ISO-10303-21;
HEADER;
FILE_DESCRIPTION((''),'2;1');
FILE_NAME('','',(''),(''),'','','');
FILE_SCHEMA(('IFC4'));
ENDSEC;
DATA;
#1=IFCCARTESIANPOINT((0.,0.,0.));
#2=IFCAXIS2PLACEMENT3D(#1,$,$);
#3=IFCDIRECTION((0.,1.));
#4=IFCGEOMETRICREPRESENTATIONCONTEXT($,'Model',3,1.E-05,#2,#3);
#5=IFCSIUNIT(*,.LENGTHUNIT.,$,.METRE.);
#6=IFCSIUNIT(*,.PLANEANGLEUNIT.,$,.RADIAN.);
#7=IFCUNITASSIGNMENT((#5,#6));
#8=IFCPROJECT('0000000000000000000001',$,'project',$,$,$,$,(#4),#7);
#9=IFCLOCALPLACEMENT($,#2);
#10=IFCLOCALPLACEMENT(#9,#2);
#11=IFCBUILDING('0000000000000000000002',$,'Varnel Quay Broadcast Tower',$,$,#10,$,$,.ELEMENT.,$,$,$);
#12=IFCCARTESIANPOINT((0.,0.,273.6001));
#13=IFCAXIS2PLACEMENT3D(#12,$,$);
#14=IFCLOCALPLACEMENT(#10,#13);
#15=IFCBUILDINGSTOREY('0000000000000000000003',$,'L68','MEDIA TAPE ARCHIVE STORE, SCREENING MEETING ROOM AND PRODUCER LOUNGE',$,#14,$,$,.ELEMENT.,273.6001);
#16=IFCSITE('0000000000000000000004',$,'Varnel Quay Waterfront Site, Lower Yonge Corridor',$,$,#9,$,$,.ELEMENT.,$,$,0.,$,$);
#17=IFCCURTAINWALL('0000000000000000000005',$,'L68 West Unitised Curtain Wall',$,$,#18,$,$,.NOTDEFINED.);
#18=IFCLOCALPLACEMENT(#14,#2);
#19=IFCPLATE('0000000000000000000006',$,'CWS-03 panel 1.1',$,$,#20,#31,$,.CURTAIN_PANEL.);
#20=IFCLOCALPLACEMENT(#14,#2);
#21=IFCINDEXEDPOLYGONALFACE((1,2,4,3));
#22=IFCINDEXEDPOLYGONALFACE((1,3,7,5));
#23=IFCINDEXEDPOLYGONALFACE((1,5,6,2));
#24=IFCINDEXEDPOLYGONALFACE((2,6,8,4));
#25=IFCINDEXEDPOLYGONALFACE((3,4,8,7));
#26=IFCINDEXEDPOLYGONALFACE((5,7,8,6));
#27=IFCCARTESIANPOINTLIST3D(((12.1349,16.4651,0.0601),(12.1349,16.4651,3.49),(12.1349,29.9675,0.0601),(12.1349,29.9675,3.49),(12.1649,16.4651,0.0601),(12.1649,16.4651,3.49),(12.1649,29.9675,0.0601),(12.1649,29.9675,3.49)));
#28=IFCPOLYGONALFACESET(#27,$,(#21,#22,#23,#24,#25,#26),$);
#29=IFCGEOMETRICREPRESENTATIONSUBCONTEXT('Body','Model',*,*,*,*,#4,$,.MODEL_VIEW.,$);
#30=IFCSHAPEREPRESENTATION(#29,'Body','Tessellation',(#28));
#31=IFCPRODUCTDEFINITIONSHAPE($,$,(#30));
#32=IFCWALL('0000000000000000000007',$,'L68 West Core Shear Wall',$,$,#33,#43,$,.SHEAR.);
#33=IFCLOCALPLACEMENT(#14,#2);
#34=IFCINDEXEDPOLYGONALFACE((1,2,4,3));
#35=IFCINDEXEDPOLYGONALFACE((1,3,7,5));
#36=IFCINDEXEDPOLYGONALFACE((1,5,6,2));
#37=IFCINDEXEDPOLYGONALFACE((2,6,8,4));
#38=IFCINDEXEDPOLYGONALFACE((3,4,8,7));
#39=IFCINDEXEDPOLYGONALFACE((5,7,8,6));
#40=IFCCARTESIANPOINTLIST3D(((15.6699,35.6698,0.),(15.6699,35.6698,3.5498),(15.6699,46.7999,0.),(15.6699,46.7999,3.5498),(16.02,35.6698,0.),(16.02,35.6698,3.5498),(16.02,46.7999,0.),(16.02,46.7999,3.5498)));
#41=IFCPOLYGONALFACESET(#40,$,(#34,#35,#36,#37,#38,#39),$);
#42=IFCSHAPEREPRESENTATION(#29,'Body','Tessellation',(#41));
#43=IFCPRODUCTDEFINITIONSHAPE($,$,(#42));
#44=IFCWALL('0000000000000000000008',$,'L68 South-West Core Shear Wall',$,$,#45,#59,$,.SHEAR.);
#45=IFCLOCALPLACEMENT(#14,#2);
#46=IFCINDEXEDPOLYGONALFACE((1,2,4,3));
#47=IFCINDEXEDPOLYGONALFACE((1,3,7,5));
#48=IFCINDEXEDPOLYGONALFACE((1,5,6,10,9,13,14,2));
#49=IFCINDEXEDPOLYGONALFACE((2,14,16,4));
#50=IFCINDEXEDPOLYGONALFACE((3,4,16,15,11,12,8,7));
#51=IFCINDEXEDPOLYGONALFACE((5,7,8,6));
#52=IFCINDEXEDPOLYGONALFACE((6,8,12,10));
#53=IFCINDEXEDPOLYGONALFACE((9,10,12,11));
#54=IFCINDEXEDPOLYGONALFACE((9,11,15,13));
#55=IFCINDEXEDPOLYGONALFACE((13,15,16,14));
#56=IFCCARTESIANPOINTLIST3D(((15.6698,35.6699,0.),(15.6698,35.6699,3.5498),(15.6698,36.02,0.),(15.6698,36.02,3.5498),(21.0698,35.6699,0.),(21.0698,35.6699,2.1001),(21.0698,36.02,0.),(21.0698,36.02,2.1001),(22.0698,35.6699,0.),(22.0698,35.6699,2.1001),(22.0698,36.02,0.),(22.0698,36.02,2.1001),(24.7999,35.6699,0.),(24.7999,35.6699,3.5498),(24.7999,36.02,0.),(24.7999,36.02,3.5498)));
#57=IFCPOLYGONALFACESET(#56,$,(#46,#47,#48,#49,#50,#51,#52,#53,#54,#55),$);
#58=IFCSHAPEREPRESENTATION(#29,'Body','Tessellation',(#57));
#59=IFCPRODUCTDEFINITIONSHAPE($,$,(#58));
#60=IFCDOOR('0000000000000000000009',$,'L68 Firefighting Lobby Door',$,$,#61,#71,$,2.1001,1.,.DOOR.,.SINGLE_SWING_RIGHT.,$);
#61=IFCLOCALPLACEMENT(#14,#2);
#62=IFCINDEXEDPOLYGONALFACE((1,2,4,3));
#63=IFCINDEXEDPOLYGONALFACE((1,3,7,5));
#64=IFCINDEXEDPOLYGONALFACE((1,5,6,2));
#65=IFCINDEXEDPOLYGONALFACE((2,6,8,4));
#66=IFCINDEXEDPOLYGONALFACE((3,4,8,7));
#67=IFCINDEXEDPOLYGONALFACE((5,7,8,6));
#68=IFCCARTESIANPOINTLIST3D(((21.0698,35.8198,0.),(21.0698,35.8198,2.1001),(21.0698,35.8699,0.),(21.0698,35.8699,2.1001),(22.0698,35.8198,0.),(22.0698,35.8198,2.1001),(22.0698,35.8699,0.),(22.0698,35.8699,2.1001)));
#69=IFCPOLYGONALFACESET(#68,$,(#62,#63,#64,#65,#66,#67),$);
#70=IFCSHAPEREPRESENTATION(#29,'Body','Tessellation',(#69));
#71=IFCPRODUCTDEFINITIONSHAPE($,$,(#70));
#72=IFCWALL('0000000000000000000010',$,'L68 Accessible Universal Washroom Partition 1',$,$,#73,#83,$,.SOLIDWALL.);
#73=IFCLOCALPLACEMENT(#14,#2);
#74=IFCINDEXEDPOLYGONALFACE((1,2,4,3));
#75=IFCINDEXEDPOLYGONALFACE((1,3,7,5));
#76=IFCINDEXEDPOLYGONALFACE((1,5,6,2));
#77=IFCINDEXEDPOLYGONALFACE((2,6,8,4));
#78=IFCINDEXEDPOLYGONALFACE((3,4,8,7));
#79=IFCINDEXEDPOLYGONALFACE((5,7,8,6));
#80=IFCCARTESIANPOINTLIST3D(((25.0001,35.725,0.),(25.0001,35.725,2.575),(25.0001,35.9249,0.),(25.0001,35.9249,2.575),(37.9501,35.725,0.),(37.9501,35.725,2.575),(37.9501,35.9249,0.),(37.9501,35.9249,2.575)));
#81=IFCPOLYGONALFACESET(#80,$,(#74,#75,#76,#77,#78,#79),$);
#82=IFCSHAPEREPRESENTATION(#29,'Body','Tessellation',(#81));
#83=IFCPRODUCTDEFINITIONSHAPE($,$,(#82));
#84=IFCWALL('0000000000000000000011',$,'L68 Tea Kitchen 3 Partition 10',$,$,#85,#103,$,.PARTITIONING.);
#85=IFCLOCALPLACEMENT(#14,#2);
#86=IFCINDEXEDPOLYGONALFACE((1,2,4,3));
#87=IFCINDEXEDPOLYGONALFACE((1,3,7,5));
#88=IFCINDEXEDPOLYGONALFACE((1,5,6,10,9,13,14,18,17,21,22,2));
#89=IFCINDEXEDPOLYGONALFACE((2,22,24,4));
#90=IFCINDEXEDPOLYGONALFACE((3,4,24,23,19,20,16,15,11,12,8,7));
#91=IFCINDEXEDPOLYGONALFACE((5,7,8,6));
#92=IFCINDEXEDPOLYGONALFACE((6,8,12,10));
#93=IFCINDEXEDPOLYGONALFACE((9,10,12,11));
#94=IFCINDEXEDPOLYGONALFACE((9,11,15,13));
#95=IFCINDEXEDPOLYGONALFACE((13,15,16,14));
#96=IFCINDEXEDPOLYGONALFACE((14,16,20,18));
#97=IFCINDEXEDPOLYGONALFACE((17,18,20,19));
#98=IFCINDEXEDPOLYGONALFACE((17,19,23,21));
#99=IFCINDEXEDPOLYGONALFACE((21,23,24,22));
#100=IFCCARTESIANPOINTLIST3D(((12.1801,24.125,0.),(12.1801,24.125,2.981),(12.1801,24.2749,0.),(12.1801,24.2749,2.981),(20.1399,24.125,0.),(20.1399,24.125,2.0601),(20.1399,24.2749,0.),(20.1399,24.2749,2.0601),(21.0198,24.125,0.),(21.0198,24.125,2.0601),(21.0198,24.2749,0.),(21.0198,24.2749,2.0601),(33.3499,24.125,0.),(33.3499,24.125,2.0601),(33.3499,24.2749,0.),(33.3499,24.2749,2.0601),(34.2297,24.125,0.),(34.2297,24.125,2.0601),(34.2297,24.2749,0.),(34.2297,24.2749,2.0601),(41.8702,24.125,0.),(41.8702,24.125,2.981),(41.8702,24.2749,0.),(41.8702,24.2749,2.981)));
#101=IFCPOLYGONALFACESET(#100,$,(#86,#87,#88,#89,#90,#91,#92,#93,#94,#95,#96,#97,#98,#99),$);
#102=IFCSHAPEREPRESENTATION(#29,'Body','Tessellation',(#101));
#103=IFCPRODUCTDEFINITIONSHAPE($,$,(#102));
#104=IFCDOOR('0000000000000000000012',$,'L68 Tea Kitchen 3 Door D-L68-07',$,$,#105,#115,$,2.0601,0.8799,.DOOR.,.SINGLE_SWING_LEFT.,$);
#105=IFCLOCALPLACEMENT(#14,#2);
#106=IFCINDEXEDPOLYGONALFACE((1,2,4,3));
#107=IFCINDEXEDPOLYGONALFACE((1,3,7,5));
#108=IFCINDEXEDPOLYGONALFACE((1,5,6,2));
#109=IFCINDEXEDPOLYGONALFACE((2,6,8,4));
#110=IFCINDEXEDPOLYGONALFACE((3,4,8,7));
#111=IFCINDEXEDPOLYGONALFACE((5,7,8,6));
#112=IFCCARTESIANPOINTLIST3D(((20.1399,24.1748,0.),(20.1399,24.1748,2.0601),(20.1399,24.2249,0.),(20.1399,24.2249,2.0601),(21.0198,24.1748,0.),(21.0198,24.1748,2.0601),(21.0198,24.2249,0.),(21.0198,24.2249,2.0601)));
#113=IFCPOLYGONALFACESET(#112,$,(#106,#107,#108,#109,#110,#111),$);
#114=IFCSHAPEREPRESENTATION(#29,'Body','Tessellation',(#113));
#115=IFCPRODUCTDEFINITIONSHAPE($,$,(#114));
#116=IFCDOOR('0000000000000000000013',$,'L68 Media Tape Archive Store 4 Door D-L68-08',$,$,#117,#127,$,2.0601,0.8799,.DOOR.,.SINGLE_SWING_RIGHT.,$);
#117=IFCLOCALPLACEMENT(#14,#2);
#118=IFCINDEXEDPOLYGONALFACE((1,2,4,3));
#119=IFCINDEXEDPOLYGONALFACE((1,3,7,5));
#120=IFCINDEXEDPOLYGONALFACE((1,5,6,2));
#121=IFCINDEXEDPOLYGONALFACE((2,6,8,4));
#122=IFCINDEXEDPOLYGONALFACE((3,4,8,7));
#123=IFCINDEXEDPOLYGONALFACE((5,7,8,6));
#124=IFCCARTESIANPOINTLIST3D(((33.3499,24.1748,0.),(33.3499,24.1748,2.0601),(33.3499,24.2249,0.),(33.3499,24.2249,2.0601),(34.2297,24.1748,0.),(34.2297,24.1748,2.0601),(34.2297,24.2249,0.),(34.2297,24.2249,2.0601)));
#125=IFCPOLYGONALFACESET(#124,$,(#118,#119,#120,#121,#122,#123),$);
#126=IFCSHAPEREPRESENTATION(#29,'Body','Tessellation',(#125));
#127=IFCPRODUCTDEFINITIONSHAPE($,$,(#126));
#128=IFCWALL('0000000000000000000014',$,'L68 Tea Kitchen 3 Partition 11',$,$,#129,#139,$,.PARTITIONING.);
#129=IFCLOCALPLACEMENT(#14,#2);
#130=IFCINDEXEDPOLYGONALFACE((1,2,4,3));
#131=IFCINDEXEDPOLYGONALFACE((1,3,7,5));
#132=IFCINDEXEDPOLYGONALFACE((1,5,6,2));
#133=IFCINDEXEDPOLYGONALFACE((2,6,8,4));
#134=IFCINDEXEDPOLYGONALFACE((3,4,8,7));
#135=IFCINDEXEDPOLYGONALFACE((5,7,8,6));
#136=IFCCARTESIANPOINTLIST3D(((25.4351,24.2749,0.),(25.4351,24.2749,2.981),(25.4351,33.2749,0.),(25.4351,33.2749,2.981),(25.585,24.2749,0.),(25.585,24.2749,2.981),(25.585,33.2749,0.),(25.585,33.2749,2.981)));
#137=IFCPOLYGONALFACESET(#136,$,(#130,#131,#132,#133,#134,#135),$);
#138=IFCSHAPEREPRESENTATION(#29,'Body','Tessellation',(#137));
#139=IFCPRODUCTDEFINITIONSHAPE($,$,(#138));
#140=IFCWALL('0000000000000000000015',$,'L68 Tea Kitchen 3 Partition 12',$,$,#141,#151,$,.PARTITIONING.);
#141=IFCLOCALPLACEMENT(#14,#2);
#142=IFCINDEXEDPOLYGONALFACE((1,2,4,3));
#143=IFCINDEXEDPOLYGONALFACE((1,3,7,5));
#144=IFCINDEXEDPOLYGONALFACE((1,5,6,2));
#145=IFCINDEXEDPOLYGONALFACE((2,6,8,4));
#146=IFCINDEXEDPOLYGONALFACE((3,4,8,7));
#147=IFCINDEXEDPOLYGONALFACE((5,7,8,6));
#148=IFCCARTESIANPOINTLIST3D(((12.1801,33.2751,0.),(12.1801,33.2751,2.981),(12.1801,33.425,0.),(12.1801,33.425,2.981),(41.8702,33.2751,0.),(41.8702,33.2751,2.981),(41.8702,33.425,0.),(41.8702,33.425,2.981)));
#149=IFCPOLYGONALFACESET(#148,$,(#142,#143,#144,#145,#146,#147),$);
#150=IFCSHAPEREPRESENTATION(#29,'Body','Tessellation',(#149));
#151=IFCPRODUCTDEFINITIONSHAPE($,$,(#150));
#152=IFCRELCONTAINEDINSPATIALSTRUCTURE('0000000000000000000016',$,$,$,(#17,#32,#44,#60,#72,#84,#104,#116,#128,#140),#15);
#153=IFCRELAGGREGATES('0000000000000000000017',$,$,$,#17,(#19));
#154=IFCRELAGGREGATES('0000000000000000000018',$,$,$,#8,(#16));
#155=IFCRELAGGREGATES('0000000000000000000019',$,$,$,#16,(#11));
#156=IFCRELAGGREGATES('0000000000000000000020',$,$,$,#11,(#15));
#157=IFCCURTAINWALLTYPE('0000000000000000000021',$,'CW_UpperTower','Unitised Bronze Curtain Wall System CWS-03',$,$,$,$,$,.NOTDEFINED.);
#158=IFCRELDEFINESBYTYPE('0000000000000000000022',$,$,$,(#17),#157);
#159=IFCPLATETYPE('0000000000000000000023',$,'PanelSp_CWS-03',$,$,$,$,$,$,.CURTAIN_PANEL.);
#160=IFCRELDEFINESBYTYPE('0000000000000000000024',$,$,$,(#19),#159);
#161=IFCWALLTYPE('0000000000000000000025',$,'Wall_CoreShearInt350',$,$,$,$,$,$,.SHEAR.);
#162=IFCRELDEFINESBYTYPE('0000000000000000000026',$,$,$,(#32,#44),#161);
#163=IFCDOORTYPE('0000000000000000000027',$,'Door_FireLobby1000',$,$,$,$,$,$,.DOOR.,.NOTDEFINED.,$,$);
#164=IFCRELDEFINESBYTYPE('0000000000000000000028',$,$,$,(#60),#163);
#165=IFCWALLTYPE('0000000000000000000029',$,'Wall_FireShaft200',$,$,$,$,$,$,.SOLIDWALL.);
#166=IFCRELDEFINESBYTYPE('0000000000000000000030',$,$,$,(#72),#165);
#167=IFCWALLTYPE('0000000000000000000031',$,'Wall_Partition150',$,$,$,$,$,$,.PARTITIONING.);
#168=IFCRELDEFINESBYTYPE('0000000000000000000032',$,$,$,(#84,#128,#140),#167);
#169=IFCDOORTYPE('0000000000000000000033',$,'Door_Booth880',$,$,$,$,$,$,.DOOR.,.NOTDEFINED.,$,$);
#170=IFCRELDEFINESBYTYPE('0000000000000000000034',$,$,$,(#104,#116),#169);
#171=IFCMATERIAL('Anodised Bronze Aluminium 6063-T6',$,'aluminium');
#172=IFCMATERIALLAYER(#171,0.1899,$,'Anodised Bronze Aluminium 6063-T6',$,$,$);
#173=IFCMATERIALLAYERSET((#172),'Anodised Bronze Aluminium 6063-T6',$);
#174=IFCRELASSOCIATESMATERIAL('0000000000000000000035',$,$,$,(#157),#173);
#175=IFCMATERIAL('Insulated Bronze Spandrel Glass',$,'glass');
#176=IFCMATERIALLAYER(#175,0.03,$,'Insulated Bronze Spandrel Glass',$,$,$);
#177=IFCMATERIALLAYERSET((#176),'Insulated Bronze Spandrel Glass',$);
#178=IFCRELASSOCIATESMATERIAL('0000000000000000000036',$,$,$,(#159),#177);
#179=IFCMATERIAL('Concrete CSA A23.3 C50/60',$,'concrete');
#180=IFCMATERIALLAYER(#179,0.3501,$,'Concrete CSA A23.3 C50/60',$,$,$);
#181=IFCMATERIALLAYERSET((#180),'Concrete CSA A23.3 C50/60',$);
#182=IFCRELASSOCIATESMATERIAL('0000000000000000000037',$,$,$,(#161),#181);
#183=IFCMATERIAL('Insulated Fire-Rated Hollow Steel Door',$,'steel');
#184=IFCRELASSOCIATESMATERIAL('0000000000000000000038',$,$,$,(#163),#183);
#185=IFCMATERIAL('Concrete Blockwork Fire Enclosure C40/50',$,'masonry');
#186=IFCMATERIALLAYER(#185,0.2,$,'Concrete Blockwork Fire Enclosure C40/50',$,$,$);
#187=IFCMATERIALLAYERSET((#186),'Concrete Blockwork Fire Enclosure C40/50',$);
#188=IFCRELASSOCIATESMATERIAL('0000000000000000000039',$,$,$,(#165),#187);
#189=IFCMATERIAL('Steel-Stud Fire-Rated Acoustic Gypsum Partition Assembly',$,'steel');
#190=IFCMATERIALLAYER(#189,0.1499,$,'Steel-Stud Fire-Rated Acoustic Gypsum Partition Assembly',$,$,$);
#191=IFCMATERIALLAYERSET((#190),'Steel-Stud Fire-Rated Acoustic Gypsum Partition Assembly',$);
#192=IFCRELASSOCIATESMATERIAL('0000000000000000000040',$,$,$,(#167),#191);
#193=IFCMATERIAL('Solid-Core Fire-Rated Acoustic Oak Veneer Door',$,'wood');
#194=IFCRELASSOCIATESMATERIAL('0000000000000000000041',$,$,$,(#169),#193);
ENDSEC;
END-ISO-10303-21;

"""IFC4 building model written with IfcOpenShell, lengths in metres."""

from ifc_helpers import new_model, si_unit, direction, frame, frame_2d, origin, origin_2d, place, context, subcontext, project, spatial, rectangle, extrude, source, transform, mapped, material, layer, layer_set, type_object, type_shapes, element, fill, aggregate, save


model = new_model("IFC4")

# Units and contexts
model_context = context("Model", 3, precision=1e-05, world=origin(), true_north=direction((0.0, 1.0)))
body_context = subcontext(model_context, "Body", "Model", "MODEL_VIEW")
ifc_project = project(units=[si_unit("LENGTHUNIT", "METRE"), si_unit("PLANEANGLEUNIT", "RADIAN")], contexts=[model_context])

# Site, building, storey
site_placement = place(None, origin())
site = spatial("IfcSite", under=ifc_project, at=site_placement, Name="Varnel Quay Waterfront Site, Lower Yonge Corridor", CompositionType="ELEMENT", RefElevation=0.0)
building_placement = place(site_placement, origin())
building = spatial("IfcBuilding", under=site, at=building_placement, Name="Varnel Quay Broadcast Tower", CompositionType="ELEMENT")
storey_placement = place(building_placement, frame((0.0, 0.0, 273.6001)))
storey = spatial("IfcBuildingStorey", under=building, at=storey_placement, Name="L68", Description="MEDIA TAPE ARCHIVE STORE, SCREENING MEETING ROOM AND PRODUCER LOUNGE", CompositionType="ELEMENT", Elevation=273.6001)

# Shared definitions
ifc_material_1 = material(Name="Concrete CSA A23.3 C50/60", Category="concrete")

# Curtain wall
ifc_material_2 = material(Name="Anodised Bronze Aluminium 6063-T6", Category="aluminium")
ifc_layer_1 = layer(ifc_material_2, 0.1899, Name="Anodised Bronze Aluminium 6063-T6")
ifc_layer_set_1 = layer_set([ifc_layer_1], Name="Anodised Bronze Aluminium 6063-T6")
curtain_wall_type = type_object("IfcCurtainWallType", Name="CW_UpperTower", Description="Unitised Bronze Curtain Wall System CWS-03", PredefinedType="NOTDEFINED", material=ifc_layer_set_1)
curtain_wall_placement = place(storey_placement, origin())
curtain_wall = element("IfcCurtainWall", 1, at=curtain_wall_placement, inside=storey, type_object=curtain_wall_type, Name="L68 West Unitised Curtain Wall", PredefinedType="NOTDEFINED")

# Plate
ifc_material_3 = material(Name="Insulated Bronze Spandrel Glass", Category="glass")
ifc_layer_2 = layer(ifc_material_3, 0.03, Name="Insulated Bronze Spandrel Glass")
ifc_layer_set_2 = layer_set([ifc_layer_2], Name="Insulated Bronze Spandrel Glass")
plate_type_1 = type_object("IfcPlateType", Name="PanelSp_CWS-03", PredefinedType="CURTAIN_PANEL", material=ifc_layer_set_2)
shared_shape_1 = source(origin(), body_context, "Body", "SweptSolid", [
    extrude(rectangle(XDim=13.5024, YDim=0.03, at=origin_2d()), origin(), (0.0, 0.0, 1.0), 3.4299),
])
type_shapes(plate_type_1, [shared_shape_1])
plate_placement = place(storey_placement, frame((12.1499, 23.2163, 0.0601), z_axis=(0.0, 0.0, 1.0), x_axis=(0.0, 1.0, 0.0)))
plate = element("IfcPlate", 2, at=plate_placement, type_object=plate_type_1, Name="CWS-03 panel 1.1", PredefinedType="CURTAIN_PANEL", context=body_context, shape_type="MappedRepresentation", body=[
    mapped(shared_shape_1, transform((0.0, 0.0, 0.0), x_axis=(1.0, 0.0, 0.0), y_axis=(0.0, 1.0, 0.0), z_axis=(0.0, 0.0, 1.0), scale=1.0)),
])
aggregate(curtain_wall, [plate])

# Wall
ifc_layer_3 = layer(ifc_material_1, 0.3501, Name="Concrete CSA A23.3 C50/60")
ifc_layer_set_3 = layer_set([ifc_layer_3], Name="Concrete CSA A23.3 C50/60")
wall_type_1 = type_object("IfcWallType", Name="Wall_CoreShearInt350", PredefinedType="SHEAR", material=ifc_layer_set_3)
wall_1_placement = place(storey_placement, frame((15.845, 35.6699, 0.0), z_axis=(0.0, 0.0, 1.0), x_axis=(0.0, 1.0, 0.0)))
element("IfcWall", 3, at=wall_1_placement, inside=storey, type_object=wall_type_1, Name="L68 West Core Shear Wall", PredefinedType="SHEAR", context=body_context, shape_type="SweptSolid", body=[
    extrude(rectangle(XDim=11.1301, YDim=0.3501, at=frame_2d((5.5649, 0.0))), origin(), (0.0, 0.0, 1.0), 3.5498),
])

# Wall, opening, door
wall_2_placement = place(storey_placement, frame((15.6699, 35.845, 0.0), z_axis=(0.0, 0.0, 1.0), x_axis=(1.0, 0.0, 0.0)))
wall_2 = element("IfcWall", 4, at=wall_2_placement, inside=storey, type_object=wall_type_1, Name="L68 South-West Core Shear Wall", PredefinedType="SHEAR", context=body_context, shape_type="SweptSolid", body=[
    extrude(rectangle(XDim=9.1301, YDim=0.3501, at=frame_2d((4.5649, 0.0))), origin(), (0.0, 0.0, 1.0), 3.5498),
])
opening_1_placement = place(wall_2_placement, frame((5.3999, 0.0, 0.0)))
opening_1 = element("IfcOpeningElement", 5, at=opening_1_placement, cuts=wall_2, PredefinedType="OPENING", context=body_context, shape_type="SweptSolid", body=[
    extrude(rectangle(XDim=1.0, YDim=2.1001, at=frame_2d((0.5, 1.05))), frame((0.0, 0.1851, 0.0), z_axis=(0.0, -1.0, 0.0), x_axis=(1.0, 0.0, 0.0)), (0.0, 0.0, 1.0), 0.3701),
])
ifc_material_4 = material(Name="Insulated Fire-Rated Hollow Steel Door", Category="steel")
door_type_1 = type_object("IfcDoorType", Name="Door_FireLobby1000", OperationType="NOTDEFINED", PredefinedType="DOOR", material=ifc_material_4)
shared_shape_2 = source(origin(), body_context, "Body", "SweptSolid", [
    extrude(rectangle(XDim=1.0, YDim=2.1001, at=frame_2d((0.5, 1.05))), frame((0.0, 0.0249, 0.0), z_axis=(0.0, -1.0, 0.0), x_axis=(1.0, 0.0, 0.0)), (0.0, 0.0, 1.0), 0.05),
])
type_shapes(door_type_1, [shared_shape_2])
door_1_placement = place(opening_1_placement, origin())
door_1 = element("IfcDoor", 6, at=door_1_placement, inside=storey, type_object=door_type_1, Name="L68 Firefighting Lobby Door", OperationType="SINGLE_SWING_RIGHT", OverallHeight=2.1001, OverallWidth=1.0, PredefinedType="DOOR", context=body_context, shape_type="MappedRepresentation", body=[
    mapped(shared_shape_2, transform((0.0, 0.0, 0.0), x_axis=(1.0, 0.0, 0.0), y_axis=(0.0, 1.0, 0.0), z_axis=(0.0, 0.0, 1.0), scale=1.0)),
])
fill(opening_1, door_1)

# Wall
ifc_material_5 = material(Name="Concrete Blockwork Fire Enclosure C40/50", Category="masonry")
ifc_layer_4 = layer(ifc_material_5, 0.2, Name="Concrete Blockwork Fire Enclosure C40/50")
ifc_layer_set_4 = layer_set([ifc_layer_4], Name="Concrete Blockwork Fire Enclosure C40/50")
wall_type_2 = type_object("IfcWallType", Name="Wall_FireShaft200", PredefinedType="SOLIDWALL", material=ifc_layer_set_4)
wall_3_placement = place(storey_placement, frame((25.0, 35.825, 0.0), z_axis=(0.0, 0.0, 1.0), x_axis=(1.0, 0.0, 0.0)))
element("IfcWall", 7, at=wall_3_placement, inside=storey, type_object=wall_type_2, Name="L68 Accessible Universal Washroom Partition 1", PredefinedType="SOLIDWALL", context=body_context, shape_type="SweptSolid", body=[
    extrude(rectangle(XDim=12.95, YDim=0.2, at=frame_2d((6.4751, 0.0))), origin(), (0.0, 0.0, 1.0), 2.575),
])

# Wall, openings, doors
ifc_material_6 = material(Name="Steel-Stud Fire-Rated Acoustic Gypsum Partition Assembly", Category="steel")
ifc_layer_5 = layer(ifc_material_6, 0.1499, Name="Steel-Stud Fire-Rated Acoustic Gypsum Partition Assembly")
ifc_layer_set_5 = layer_set([ifc_layer_5], Name="Steel-Stud Fire-Rated Acoustic Gypsum Partition Assembly")
wall_type_3 = type_object("IfcWallType", Name="Wall_Partition150", PredefinedType="PARTITIONING", material=ifc_layer_set_5)
wall_4_placement = place(storey_placement, frame((12.1799, 24.2, 0.0), z_axis=(0.0, 0.0, 1.0), x_axis=(1.0, 0.0, 0.0)))
wall_4 = element("IfcWall", 8, at=wall_4_placement, inside=storey, type_object=wall_type_3, Name="L68 Tea Kitchen 3 Partition 10", PredefinedType="PARTITIONING", context=body_context, shape_type="SweptSolid", body=[
    extrude(rectangle(XDim=29.6902, YDim=0.1499, at=frame_2d((14.8452, 0.0))), origin(), (0.0, 0.0, 1.0), 2.981),
])
opening_2_placement = place(wall_4_placement, frame((7.96, 0.0, 0.0)))
opening_2 = element("IfcOpeningElement", 9, at=opening_2_placement, cuts=wall_4, PredefinedType="OPENING", context=body_context, shape_type="SweptSolid", body=[
    extrude(rectangle(XDim=0.8799, YDim=2.0601, at=frame_2d((0.4399, 1.03))), frame((0.0, 0.085, 0.0), z_axis=(0.0, -1.0, 0.0), x_axis=(1.0, 0.0, 0.0)), (0.0, 0.0, 1.0), 0.1699),
])
opening_3_placement = place(wall_4_placement, frame((21.1699, 0.0, 0.0)))
opening_3 = element("IfcOpeningElement", 10, at=opening_3_placement, cuts=wall_4, PredefinedType="OPENING", context=body_context, shape_type="SweptSolid", body=[
    extrude(rectangle(XDim=0.8799, YDim=2.0601, at=frame_2d((0.4399, 1.03))), frame((0.0, 0.085, 0.0), z_axis=(0.0, -1.0, 0.0), x_axis=(1.0, 0.0, 0.0)), (0.0, 0.0, 1.0), 0.1699),
])
ifc_material_7 = material(Name="Solid-Core Fire-Rated Acoustic Oak Veneer Door", Category="wood")
door_type_2 = type_object("IfcDoorType", Name="Door_Booth880", OperationType="NOTDEFINED", PredefinedType="DOOR", material=ifc_material_7)
shared_shape_3 = source(origin(), body_context, "Body", "SweptSolid", [
    extrude(rectangle(XDim=0.8799, YDim=2.0601, at=frame_2d((0.4399, 1.03))), frame((0.0, 0.0249, 0.0), z_axis=(0.0, -1.0, 0.0), x_axis=(1.0, 0.0, 0.0)), (0.0, 0.0, 1.0), 0.05),
])
type_shapes(door_type_2, [shared_shape_3])
door_2_placement = place(opening_2_placement, origin())
door_2 = element("IfcDoor", 11, at=door_2_placement, inside=storey, type_object=door_type_2, Name="L68 Tea Kitchen 3 Door D-L68-07", OperationType="SINGLE_SWING_LEFT", OverallHeight=2.0601, OverallWidth=0.8799, PredefinedType="DOOR", context=body_context, shape_type="MappedRepresentation", body=[
    mapped(shared_shape_3, transform((0.0, 0.0, 0.0), x_axis=(1.0, 0.0, 0.0), y_axis=(0.0, 1.0, 0.0), z_axis=(0.0, 0.0, 1.0), scale=1.0)),
])
fill(opening_2, door_2)
door_3_placement = place(opening_3_placement, origin())
door_3 = element("IfcDoor", 12, at=door_3_placement, inside=storey, type_object=door_type_2, Name="L68 Media Tape Archive Store 4 Door D-L68-08", OperationType="SINGLE_SWING_RIGHT", OverallHeight=2.0601, OverallWidth=0.8799, PredefinedType="DOOR", context=body_context, shape_type="MappedRepresentation", body=[
    mapped(shared_shape_3, transform((0.0, 0.0, 0.0), x_axis=(1.0, 0.0, 0.0), y_axis=(0.0, 1.0, 0.0), z_axis=(0.0, 0.0, 1.0), scale=1.0)),
])
fill(opening_3, door_3)

# Walls
wall_5_placement = place(storey_placement, frame((25.51, 24.2749, 0.0), z_axis=(0.0, 0.0, 1.0), x_axis=(0.0, 1.0, 0.0)))
element("IfcWall", 13, at=wall_5_placement, inside=storey, type_object=wall_type_3, Name="L68 Tea Kitchen 3 Partition 11", PredefinedType="PARTITIONING", context=body_context, shape_type="SweptSolid", body=[
    extrude(rectangle(XDim=9.0, YDim=0.1499, at=frame_2d((4.5, 0.0))), origin(), (0.0, 0.0, 1.0), 2.981),
])
wall_6_placement = place(storey_placement, frame((12.1799, 33.3501, 0.0), z_axis=(0.0, 0.0, 1.0), x_axis=(1.0, 0.0, 0.0)))
element("IfcWall", 14, at=wall_6_placement, inside=storey, type_object=wall_type_3, Name="L68 Tea Kitchen 3 Partition 12", PredefinedType="PARTITIONING", context=body_context, shape_type="SweptSolid", body=[
    extrude(rectangle(XDim=29.6902, YDim=0.1499, at=frame_2d((14.8452, 0.0))), origin(), (0.0, 0.0, 1.0), 2.981),
])

save(model, "model.ifc")
